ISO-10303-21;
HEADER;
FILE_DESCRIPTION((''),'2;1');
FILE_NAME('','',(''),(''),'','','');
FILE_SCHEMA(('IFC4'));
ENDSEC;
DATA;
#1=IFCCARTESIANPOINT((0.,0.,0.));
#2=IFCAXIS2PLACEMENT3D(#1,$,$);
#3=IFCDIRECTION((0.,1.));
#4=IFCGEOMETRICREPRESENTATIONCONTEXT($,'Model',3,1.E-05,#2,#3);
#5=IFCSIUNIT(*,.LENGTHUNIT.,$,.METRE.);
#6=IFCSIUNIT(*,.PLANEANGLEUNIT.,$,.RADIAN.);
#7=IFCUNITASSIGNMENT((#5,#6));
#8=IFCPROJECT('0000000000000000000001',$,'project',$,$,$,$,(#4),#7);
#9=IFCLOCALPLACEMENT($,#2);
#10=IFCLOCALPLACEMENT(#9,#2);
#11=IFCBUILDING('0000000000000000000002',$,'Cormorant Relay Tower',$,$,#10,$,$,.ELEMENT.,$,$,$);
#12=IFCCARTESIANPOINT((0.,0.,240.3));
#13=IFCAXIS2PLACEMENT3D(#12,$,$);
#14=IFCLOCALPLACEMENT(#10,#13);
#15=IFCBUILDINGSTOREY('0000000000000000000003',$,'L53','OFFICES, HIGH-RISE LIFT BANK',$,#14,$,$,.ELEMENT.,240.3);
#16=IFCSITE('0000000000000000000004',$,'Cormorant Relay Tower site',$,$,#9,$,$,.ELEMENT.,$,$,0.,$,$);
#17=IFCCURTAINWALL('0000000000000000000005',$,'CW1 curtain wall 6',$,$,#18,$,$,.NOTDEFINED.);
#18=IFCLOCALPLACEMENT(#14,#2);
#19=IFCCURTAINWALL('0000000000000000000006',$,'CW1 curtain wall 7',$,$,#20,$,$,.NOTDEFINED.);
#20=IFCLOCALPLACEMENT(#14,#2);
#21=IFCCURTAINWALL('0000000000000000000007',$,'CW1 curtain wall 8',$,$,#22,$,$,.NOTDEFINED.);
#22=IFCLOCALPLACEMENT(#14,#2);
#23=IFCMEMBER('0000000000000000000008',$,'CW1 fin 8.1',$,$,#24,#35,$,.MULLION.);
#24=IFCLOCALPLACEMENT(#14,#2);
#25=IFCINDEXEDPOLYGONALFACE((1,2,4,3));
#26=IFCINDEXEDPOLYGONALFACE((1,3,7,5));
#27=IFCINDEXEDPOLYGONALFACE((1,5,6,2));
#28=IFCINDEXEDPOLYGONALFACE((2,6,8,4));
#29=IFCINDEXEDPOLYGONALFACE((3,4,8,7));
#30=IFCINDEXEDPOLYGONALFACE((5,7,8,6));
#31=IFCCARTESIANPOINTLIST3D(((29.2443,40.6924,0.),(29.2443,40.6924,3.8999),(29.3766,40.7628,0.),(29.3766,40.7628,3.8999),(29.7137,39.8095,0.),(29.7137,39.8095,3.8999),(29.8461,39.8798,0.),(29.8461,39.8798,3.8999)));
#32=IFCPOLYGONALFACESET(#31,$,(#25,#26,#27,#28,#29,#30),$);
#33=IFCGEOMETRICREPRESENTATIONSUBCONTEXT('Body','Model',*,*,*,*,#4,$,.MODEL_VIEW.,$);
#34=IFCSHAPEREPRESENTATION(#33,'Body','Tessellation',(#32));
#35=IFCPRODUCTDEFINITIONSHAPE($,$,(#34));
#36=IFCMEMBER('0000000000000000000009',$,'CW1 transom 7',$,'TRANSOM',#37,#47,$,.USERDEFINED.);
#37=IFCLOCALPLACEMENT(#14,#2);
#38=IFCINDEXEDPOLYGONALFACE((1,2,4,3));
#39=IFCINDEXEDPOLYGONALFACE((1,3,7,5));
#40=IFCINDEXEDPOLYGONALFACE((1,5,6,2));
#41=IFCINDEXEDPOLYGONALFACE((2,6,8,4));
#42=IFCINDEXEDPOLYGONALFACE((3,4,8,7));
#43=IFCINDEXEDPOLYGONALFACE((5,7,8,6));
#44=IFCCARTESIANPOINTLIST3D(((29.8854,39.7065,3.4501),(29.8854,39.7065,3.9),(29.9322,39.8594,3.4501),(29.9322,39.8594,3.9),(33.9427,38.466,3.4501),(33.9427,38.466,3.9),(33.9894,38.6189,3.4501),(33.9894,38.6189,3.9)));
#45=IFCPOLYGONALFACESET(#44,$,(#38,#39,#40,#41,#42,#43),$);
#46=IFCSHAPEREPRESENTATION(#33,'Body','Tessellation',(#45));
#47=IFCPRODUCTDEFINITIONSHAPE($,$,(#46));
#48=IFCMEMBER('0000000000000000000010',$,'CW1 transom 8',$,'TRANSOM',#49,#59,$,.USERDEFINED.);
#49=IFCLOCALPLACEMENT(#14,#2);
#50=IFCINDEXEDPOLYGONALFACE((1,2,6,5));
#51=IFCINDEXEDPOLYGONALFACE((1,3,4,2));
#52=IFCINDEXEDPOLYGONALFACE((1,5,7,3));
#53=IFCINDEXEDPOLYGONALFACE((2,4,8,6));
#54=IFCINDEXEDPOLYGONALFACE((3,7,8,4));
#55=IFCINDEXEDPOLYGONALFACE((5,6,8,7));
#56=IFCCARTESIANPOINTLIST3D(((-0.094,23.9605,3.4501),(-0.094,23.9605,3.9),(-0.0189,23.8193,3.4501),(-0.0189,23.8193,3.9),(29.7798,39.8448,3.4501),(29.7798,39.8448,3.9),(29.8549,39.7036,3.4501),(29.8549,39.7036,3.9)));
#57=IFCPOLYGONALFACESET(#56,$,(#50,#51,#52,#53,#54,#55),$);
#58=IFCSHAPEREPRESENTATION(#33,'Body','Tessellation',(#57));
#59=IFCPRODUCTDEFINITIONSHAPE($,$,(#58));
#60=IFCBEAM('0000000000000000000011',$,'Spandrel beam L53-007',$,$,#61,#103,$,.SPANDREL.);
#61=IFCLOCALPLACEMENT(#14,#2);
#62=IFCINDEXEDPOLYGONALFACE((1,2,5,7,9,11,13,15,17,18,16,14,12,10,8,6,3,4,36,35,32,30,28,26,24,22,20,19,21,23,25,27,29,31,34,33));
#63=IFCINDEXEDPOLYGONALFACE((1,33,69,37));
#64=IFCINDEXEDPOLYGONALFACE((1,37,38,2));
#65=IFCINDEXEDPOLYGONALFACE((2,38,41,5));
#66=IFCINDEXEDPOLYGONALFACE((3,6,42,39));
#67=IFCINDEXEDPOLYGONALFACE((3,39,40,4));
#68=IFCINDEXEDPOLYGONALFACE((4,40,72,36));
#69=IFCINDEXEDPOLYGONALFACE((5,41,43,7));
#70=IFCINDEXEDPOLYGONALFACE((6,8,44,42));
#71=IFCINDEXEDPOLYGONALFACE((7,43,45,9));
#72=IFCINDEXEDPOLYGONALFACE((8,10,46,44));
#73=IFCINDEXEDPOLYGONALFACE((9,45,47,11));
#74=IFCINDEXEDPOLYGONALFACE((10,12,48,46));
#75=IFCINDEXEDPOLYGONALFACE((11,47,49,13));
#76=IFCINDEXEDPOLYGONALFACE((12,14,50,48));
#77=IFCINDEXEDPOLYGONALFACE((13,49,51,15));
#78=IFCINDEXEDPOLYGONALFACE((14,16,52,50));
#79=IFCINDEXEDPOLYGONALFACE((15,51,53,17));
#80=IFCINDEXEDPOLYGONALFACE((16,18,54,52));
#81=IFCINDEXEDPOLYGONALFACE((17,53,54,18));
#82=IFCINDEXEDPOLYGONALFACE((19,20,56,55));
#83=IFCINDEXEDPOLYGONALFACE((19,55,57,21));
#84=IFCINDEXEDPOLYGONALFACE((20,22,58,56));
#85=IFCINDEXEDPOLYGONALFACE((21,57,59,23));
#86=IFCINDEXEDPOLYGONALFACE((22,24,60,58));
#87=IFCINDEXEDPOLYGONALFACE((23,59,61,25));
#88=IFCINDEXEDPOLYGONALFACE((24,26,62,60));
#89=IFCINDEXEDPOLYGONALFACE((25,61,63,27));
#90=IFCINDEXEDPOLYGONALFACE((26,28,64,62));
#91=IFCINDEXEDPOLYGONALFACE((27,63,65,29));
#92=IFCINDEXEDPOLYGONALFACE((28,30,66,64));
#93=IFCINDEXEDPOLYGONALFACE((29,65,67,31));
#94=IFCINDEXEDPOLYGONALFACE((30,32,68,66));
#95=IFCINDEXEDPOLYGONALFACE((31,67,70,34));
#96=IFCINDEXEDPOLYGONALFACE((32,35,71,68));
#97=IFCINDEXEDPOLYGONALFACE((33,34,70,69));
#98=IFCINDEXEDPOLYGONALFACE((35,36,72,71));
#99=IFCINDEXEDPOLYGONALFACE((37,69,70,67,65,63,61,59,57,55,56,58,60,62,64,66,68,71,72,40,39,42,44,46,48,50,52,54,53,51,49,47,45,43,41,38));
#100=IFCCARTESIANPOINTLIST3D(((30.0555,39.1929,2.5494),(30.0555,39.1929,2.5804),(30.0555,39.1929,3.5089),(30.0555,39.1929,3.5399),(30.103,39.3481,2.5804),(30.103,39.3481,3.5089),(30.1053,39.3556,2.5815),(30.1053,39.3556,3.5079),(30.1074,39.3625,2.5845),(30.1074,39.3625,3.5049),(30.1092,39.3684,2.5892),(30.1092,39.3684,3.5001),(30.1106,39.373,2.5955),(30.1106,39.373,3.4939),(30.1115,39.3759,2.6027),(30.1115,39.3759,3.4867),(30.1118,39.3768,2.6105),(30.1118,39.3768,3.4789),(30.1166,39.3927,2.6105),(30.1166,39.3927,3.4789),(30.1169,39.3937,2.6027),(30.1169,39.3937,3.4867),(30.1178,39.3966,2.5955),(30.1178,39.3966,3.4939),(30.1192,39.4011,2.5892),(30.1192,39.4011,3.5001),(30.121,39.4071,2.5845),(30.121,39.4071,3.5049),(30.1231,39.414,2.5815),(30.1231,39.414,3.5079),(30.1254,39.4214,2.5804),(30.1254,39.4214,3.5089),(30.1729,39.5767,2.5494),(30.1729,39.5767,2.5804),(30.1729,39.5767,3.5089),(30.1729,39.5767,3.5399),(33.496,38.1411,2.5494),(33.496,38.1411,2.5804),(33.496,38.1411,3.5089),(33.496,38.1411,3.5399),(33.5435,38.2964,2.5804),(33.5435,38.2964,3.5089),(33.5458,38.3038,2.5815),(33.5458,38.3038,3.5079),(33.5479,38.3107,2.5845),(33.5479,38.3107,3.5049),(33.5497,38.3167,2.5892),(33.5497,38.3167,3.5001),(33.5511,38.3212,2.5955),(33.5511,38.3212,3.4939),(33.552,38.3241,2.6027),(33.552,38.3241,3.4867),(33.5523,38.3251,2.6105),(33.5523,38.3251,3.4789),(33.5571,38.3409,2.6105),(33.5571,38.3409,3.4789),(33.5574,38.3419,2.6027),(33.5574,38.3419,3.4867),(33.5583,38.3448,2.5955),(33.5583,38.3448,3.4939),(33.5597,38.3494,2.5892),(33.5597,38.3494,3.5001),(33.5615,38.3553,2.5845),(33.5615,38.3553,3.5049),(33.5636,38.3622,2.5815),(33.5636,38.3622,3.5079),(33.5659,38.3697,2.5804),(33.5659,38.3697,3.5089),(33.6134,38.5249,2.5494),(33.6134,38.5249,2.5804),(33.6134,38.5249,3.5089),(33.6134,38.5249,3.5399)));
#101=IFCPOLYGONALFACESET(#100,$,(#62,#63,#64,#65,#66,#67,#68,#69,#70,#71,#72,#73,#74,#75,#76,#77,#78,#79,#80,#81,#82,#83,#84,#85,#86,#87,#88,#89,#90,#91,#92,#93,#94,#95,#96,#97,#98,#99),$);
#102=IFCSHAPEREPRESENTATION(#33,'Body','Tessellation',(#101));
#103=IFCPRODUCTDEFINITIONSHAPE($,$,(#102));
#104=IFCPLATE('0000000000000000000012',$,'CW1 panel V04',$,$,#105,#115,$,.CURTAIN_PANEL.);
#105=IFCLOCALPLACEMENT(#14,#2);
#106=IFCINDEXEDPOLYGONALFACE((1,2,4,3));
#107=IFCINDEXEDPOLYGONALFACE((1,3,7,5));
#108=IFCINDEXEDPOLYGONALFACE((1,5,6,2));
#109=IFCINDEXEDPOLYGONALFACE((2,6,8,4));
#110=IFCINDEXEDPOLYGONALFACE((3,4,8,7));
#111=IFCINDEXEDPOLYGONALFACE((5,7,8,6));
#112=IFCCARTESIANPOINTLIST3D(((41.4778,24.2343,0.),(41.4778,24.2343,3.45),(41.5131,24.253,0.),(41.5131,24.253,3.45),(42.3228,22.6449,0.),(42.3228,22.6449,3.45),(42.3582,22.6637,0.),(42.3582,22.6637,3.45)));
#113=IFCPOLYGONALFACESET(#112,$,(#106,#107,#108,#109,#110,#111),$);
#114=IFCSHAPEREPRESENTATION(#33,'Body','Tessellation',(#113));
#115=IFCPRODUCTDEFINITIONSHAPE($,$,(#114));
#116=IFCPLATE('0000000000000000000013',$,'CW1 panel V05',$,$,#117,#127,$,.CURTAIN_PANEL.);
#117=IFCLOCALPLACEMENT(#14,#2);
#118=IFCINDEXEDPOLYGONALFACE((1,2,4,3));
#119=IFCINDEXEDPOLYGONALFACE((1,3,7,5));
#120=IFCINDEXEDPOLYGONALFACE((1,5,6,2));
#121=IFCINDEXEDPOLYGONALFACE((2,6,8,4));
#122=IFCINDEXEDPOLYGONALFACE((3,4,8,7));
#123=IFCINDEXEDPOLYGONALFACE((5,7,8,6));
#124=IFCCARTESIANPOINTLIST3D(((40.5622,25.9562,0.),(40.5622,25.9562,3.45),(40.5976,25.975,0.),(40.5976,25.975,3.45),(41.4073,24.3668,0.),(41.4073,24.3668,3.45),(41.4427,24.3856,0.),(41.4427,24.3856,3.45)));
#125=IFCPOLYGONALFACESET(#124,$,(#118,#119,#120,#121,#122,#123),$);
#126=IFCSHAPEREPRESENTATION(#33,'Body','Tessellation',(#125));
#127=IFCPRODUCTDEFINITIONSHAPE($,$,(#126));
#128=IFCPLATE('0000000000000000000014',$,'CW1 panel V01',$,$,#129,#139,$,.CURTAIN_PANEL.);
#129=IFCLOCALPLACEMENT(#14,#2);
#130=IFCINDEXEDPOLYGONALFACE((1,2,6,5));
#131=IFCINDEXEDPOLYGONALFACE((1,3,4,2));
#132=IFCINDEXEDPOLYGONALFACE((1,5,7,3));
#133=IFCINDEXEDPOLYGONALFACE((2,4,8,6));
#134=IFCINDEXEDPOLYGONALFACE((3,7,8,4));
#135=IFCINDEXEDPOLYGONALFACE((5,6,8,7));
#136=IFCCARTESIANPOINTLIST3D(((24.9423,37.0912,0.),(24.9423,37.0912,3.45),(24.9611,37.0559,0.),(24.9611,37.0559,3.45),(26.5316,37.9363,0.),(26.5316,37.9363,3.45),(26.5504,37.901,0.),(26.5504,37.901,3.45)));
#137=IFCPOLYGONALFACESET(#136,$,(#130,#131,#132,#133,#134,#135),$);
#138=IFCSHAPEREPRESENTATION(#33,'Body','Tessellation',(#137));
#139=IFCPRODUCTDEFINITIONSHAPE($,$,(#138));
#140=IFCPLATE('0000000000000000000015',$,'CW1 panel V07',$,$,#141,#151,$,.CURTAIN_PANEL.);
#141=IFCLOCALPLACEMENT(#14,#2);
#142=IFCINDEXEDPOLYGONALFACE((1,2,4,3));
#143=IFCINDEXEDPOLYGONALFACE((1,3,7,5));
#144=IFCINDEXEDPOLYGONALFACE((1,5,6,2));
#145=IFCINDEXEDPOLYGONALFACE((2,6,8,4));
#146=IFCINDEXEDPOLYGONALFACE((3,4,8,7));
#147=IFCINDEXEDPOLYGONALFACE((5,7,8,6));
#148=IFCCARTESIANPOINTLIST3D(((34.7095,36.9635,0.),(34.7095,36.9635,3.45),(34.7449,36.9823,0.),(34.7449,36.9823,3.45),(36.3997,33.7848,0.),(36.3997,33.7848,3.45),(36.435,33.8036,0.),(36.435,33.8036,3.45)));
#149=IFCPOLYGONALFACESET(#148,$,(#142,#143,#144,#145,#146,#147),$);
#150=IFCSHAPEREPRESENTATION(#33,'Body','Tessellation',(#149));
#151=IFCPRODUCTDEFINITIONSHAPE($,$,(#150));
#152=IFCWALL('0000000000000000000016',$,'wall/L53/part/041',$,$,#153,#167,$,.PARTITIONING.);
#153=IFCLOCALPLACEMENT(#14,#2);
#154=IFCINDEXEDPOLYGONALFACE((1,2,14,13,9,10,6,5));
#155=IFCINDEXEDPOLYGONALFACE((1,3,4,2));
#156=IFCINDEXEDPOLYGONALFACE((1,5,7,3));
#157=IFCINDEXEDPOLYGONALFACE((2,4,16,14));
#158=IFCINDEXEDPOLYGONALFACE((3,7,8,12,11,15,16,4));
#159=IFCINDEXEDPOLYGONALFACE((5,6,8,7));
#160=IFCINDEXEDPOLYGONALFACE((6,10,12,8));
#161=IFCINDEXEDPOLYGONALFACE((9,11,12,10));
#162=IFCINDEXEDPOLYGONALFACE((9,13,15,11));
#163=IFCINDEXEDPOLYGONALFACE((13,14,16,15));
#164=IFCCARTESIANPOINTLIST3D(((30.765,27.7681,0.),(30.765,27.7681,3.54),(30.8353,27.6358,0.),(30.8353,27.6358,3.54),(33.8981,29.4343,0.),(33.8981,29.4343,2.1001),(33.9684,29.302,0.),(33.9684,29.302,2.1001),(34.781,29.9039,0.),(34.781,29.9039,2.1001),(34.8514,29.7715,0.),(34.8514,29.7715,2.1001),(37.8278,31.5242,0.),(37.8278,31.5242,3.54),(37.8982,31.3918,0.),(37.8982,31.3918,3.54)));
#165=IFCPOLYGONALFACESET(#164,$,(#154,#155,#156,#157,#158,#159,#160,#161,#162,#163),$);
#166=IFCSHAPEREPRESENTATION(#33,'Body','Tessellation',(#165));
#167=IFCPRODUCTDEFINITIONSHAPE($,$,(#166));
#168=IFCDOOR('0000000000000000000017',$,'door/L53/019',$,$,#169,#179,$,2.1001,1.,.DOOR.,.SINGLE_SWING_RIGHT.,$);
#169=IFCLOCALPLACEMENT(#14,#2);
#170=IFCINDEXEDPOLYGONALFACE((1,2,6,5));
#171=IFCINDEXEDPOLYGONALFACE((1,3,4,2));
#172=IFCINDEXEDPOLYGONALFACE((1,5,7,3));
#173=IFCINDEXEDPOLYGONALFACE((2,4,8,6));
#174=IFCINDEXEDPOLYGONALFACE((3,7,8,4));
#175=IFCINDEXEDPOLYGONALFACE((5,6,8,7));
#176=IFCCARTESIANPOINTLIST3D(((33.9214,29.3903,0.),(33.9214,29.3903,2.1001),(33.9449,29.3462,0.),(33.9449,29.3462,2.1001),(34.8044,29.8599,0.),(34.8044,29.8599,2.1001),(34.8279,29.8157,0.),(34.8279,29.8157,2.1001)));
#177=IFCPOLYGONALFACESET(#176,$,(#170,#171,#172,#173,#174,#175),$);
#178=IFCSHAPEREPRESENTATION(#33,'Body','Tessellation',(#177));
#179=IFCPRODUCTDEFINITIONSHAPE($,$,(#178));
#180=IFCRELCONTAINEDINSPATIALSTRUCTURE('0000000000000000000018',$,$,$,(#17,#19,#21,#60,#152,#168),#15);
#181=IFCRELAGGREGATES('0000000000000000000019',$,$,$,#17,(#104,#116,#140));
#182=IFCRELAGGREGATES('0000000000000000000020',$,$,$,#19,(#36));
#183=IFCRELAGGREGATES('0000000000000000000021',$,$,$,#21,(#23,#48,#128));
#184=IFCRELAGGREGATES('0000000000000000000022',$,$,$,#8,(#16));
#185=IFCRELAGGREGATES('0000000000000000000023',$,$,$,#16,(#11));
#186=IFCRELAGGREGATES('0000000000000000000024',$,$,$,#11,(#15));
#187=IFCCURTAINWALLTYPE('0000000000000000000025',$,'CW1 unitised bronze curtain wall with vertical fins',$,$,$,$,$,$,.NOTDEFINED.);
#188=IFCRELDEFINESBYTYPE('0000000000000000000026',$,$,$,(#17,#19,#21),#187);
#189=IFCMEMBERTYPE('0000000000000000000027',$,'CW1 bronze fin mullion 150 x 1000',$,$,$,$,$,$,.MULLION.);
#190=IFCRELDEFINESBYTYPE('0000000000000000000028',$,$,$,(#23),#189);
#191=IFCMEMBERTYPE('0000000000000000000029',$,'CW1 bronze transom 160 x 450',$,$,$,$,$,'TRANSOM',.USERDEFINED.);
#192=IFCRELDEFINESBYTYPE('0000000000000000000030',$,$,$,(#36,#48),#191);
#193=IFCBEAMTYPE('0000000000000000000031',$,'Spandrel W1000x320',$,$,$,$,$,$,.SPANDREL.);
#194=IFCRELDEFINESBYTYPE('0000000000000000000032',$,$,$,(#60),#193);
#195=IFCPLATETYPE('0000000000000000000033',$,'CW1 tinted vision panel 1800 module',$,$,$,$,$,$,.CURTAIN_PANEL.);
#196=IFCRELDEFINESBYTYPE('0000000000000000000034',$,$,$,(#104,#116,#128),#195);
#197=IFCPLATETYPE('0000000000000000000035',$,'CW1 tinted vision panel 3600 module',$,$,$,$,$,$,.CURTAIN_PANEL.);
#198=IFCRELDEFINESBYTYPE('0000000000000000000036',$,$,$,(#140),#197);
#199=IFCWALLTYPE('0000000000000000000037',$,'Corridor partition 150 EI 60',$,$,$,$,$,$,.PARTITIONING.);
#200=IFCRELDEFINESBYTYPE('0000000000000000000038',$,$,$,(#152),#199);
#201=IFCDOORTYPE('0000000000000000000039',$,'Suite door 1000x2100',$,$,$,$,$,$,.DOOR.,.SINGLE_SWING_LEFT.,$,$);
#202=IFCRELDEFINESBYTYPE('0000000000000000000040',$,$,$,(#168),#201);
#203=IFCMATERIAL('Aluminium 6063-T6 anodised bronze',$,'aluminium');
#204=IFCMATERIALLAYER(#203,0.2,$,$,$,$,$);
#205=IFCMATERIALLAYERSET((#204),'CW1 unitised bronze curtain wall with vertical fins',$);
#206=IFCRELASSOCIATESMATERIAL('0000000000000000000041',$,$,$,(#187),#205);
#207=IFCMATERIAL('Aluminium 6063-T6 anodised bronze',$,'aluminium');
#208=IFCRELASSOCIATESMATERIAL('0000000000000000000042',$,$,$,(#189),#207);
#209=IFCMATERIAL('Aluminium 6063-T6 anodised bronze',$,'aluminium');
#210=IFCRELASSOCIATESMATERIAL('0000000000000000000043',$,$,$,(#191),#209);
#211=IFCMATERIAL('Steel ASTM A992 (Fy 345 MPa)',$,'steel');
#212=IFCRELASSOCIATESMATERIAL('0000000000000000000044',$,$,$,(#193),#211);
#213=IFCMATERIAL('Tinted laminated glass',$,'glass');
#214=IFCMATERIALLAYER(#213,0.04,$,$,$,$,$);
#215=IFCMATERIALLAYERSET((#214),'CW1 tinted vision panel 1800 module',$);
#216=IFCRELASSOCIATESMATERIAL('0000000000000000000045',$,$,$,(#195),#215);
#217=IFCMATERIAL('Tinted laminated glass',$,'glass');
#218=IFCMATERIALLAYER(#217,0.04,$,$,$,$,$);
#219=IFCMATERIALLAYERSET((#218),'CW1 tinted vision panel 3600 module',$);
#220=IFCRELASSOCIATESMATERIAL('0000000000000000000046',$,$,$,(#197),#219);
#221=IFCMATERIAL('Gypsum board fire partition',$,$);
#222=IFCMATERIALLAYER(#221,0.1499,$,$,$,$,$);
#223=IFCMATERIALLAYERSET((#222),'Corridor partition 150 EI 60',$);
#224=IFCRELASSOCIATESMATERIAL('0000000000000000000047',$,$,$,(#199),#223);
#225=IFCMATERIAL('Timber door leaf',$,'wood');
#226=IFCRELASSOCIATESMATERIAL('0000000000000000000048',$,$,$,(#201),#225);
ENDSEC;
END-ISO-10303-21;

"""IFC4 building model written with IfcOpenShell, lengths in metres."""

from ifc_helpers import new_model, si_unit, direction, frame, frame_2d, origin, origin_2d, place, context, subcontext, project, spatial, rectangle, i_section, extrude, material, layer, layer_set, material_profile, profile_set, type_object, element, fill, aggregate, save


model = new_model("IFC4")

# Units and contexts
model_context = context("Model", 3, precision=1e-05, world=origin(), true_north=direction((0.0, 1.0)))
body_context = subcontext(model_context, "Body", "Model", "MODEL_VIEW")
ifc_project = project(units=[si_unit("LENGTHUNIT", "METRE"), si_unit("PLANEANGLEUNIT", "RADIAN")], contexts=[model_context])

# Site, building, storey
site_placement = place(None, origin())
site = spatial("IfcSite", under=ifc_project, at=site_placement, Name="Cormorant Relay Tower site", CompositionType="ELEMENT", RefElevation=0.0)
building_placement = place(site_placement, origin())
building = spatial("IfcBuilding", under=site, at=building_placement, Name="Cormorant Relay Tower", CompositionType="ELEMENT")
storey_placement = place(building_placement, frame((0.0, 0.0, 240.3)))
storey = spatial("IfcBuildingStorey", under=building, at=storey_placement, Name="L53", Description="OFFICES, HIGH-RISE LIFT BANK", CompositionType="ELEMENT", Elevation=240.3)

# Curtain wall
ifc_material_1 = material(Name="Aluminium 6063-T6 anodised bronze", Category="aluminium")
ifc_layer_1 = layer(ifc_material_1, 0.2)
ifc_layer_set_1 = layer_set([ifc_layer_1], Name="CW1 unitised bronze curtain wall with vertical fins")
curtain_wall_type = type_object("IfcCurtainWallType", Name="CW1 unitised bronze curtain wall with vertical fins", PredefinedType="NOTDEFINED", material=ifc_layer_set_1)
curtain_wall_1_placement = place(storey_placement, origin())
curtain_wall_1 = element("IfcCurtainWall", 1, at=curtain_wall_1_placement, inside=storey, type_object=curtain_wall_type, Name="CW1 curtain wall 6", PredefinedType="NOTDEFINED")
ifc_material_2 = material(Name="Aluminium 6063-T6 anodised bronze", Category="aluminium")
ifc_material_profile_1 = material_profile(ifc_material_2, rectangle(XDim=0.1499, YDim=1.0, at=origin_2d()), Name="AL 150x1000")
ifc_profile_set_1 = profile_set([ifc_material_profile_1], Name="Aluminium 6063-T6 anodised bronze")
member_type_1 = type_object("IfcMemberType", Name="CW1 bronze fin mullion 150 x 1000", PredefinedType="MULLION", material=ifc_profile_set_1)

# Curtain walls, member
curtain_wall_2_placement = place(storey_placement, origin())
curtain_wall_2 = element("IfcCurtainWall", 2, at=curtain_wall_2_placement, inside=storey, type_object=curtain_wall_type, Name="CW1 curtain wall 7", PredefinedType="NOTDEFINED")
curtain_wall_3_placement = place(storey_placement, origin())
curtain_wall_3 = element("IfcCurtainWall", 3, at=curtain_wall_3_placement, inside=storey, type_object=curtain_wall_type, Name="CW1 curtain wall 8", PredefinedType="NOTDEFINED")
member_1_placement = place(storey_placement, frame((29.5452, 40.2861, 0.0), z_axis=(0.0, 0.0, 1.0), x_axis=(-0.882948, -0.469472, 0.0)))
member_1 = element("IfcMember", 4, at=member_1_placement, type_object=member_type_1, Name="CW1 fin 8.1", PredefinedType="MULLION", context=body_context, shape_type="SweptSolid", body=[
    extrude(rectangle(XDim=0.1499, YDim=1.0, at=origin_2d()), origin(), (0.0, 0.0, 1.0), 3.8999),
])

# Members
ifc_material_3 = material(Name="Aluminium 6063-T6 anodised bronze", Category="aluminium")
ifc_material_profile_2 = material_profile(ifc_material_3, rectangle(XDim=0.1599, YDim=0.45, at=origin_2d()), Name="AL 160x450")
ifc_profile_set_2 = profile_set([ifc_material_profile_2], Name="Aluminium 6063-T6 anodised bronze")
member_type_2 = type_object("IfcMemberType", Name="CW1 bronze transom 160 x 450", ElementType="TRANSOM", PredefinedType="USERDEFINED", material=ifc_profile_set_2)
member_2_placement = place(storey_placement, frame((33.9661, 38.5425, 3.675), z_axis=(-0.956304, 0.292375, 0.0), x_axis=(-0.292375, -0.956304, 0.0)))
member_2 = element("IfcMember", 5, at=member_2_placement, type_object=member_type_2, Name="CW1 transom 7", ObjectType="TRANSOM", PredefinedType="USERDEFINED", context=body_context, shape_type="SweptSolid", body=[
    extrude(rectangle(XDim=0.1599, YDim=0.45, at=origin_2d()), origin(), (0.0, 0.0, 1.0), 4.2427),
])
member_3_placement = place(storey_placement, frame((29.8174, 39.7742, 3.675), z_axis=(-0.882946, -0.469474, 0.0), x_axis=(0.469474, -0.882946, 0.0)))
member_3 = element("IfcMember", 6, at=member_3_placement, type_object=member_type_2, Name="CW1 transom 8", ObjectType="TRANSOM", PredefinedType="USERDEFINED", context=body_context, shape_type="SweptSolid", body=[
    extrude(rectangle(XDim=0.1599, YDim=0.45, at=origin_2d()), origin(), (0.0, 0.0, 1.0), 33.8342),
])

# Beam
ifc_material_4 = material(Name="Steel ASTM A992 (Fy 345 MPa)", Category="steel")
ifc_material_profile_3 = material_profile(ifc_material_4, i_section(OverallWidth=0.4014, OverallDepth=0.9905, WebThickness=0.0166, FlangeThickness=0.031, FilletRadius=0.03, at=origin_2d()), Name="W1000x320")
ifc_profile_set_3 = profile_set([ifc_material_profile_3], Name="Steel ASTM A992 (Fy 345 MPa)")
beam_type = type_object("IfcBeamType", Name="Spandrel W1000x320", PredefinedType="SPANDREL", material=ifc_profile_set_3)
beam_placement = place(storey_placement, frame((33.5547, 38.333, 3.0447), z_axis=(-0.956312, 0.29235, 0.0), x_axis=(-0.29235, -0.956312, 0.0)))
element("IfcBeam", 7, at=beam_placement, inside=storey, type_object=beam_type, Name="Spandrel beam L53-007", PredefinedType="SPANDREL", context=body_context, shape_type="SweptSolid", body=[
    extrude(i_section(OverallWidth=0.4014, OverallDepth=0.9905, WebThickness=0.0166, FlangeThickness=0.031, FilletRadius=0.03, at=origin_2d()), origin(), (0.0, 0.0, 1.0), 3.5977),
])

# Plates
ifc_material_5 = material(Name="Tinted laminated glass", Category="glass")
ifc_layer_2 = layer(ifc_material_5, 0.04)
ifc_layer_set_2 = layer_set([ifc_layer_2], Name="CW1 tinted vision panel 1800 module")
plate_type_1 = type_object("IfcPlateType", Name="CW1 tinted vision panel 1800 module", PredefinedType="CURTAIN_PANEL", material=ifc_layer_set_2)
plate_1_placement = place(storey_placement, frame((41.918, 23.449, 0.0), z_axis=(0.0, 0.0, 1.0), x_axis=(-0.469472, 0.882948, 0.0)))
plate_1 = element("IfcPlate", 8, at=plate_1_placement, type_object=plate_type_1, Name="CW1 panel V04", PredefinedType="CURTAIN_PANEL", context=body_context, shape_type="SweptSolid", body=[
    extrude(rectangle(XDim=1.8, YDim=0.04, at=origin_2d()), origin(), (0.0, 0.0, 1.0), 3.45),
])
plate_2_placement = place(storey_placement, frame((41.0024, 25.1709, 0.0), z_axis=(0.0, 0.0, 1.0), x_axis=(-0.469472, 0.882948, 0.0)))
plate_2 = element("IfcPlate", 9, at=plate_2_placement, type_object=plate_type_1, Name="CW1 panel V05", PredefinedType="CURTAIN_PANEL", context=body_context, shape_type="SweptSolid", body=[
    extrude(rectangle(XDim=1.8, YDim=0.04, at=origin_2d()), origin(), (0.0, 0.0, 1.0), 3.45),
])
plate_3_placement = place(storey_placement, frame((25.7463, 37.4961, 0.0), z_axis=(0.0, 0.0, 1.0), x_axis=(-0.882948, -0.469472, 0.0)))
plate_3 = element("IfcPlate", 10, at=plate_3_placement, type_object=plate_type_1, Name="CW1 panel V01", PredefinedType="CURTAIN_PANEL", context=body_context, shape_type="SweptSolid", body=[
    extrude(rectangle(XDim=1.8, YDim=0.04, at=origin_2d()), origin(), (0.0, 0.0, 1.0), 3.45),
])
ifc_material_6 = material(Name="Tinted laminated glass", Category="glass")
ifc_layer_3 = layer(ifc_material_6, 0.04)
ifc_layer_set_3 = layer_set([ifc_layer_3], Name="CW1 tinted vision panel 3600 module")
plate_type_2 = type_object("IfcPlateType", Name="CW1 tinted vision panel 3600 module", PredefinedType="CURTAIN_PANEL", material=ifc_layer_set_3)
plate_4_placement = place(storey_placement, frame((35.5723, 35.3835, 0.0), z_axis=(0.0, 0.0, 1.0), x_axis=(-0.469472, 0.882948, 0.0)))
plate_4 = element("IfcPlate", 11, at=plate_4_placement, type_object=plate_type_2, Name="CW1 panel V07", PredefinedType="CURTAIN_PANEL", context=body_context, shape_type="SweptSolid", body=[
    extrude(rectangle(XDim=3.6001, YDim=0.04, at=origin_2d()), origin(), (0.0, 0.0, 1.0), 3.45),
])

# Wall, opening, door
ifc_material_7 = material(Name="Gypsum board fire partition")
ifc_layer_4 = layer(ifc_material_7, 0.1499)
ifc_layer_set_4 = layer_set([ifc_layer_4], Name="Corridor partition 150 EI 60")
wall_type_1 = type_object("IfcWallType", Name="Corridor partition 150 EI 60", PredefinedType="PARTITIONING", material=ifc_layer_set_4)
wall_1_placement = place(storey_placement, frame((37.863, 31.458, 0.0), z_axis=(0.0, 0.0, 1.0), x_axis=(-0.882914, -0.469535, 0.0)))
wall_1 = element("IfcWall", 12, at=wall_1_placement, inside=storey, type_object=wall_type_1, Name="wall/L53/part/041", PredefinedType="PARTITIONING", context=body_context, shape_type="SweptSolid", body=[
    extrude(rectangle(XDim=7.9995, YDim=0.1499, at=frame_2d((3.9998, 0.0))), origin(), (0.0, 0.0, 1.0), 3.54),
])
opening_1_placement = place(wall_1_placement, frame((3.4509, 0.0, 0.0)))
opening_1 = element("IfcOpeningElement", 13, at=opening_1_placement, cuts=wall_1, PredefinedType="OPENING", context=body_context, shape_type="SweptSolid", body=[
    extrude(rectangle(XDim=1.0, YDim=2.1001, at=frame_2d((0.5, 1.05))), frame((0.0, 0.085, 0.0), z_axis=(0.0, -1.0, 0.0), x_axis=(1.0, 0.0, 0.0)), (0.0, 0.0, 1.0), 0.1699),
])
ifc_material_8 = material(Name="Timber door leaf", Category="wood")
door_type = type_object("IfcDoorType", Name="Suite door 1000x2100", OperationType="SINGLE_SWING_LEFT", PredefinedType="DOOR", material=ifc_material_8)
door_1_placement = place(opening_1_placement, origin())
door_1 = element("IfcDoor", 14, at=door_1_placement, inside=storey, type_object=door_type, Name="door/L53/019", OperationType="SINGLE_SWING_RIGHT", OverallHeight=2.1001, OverallWidth=1.0, PredefinedType="DOOR", context=body_context, shape_type="SweptSolid", body=[
    extrude(rectangle(XDim=1.0, YDim=2.1001, at=frame_2d((0.5, 1.05))), frame((0.0, 0.0249, 0.0), z_axis=(0.0, -1.0, 0.0), x_axis=(1.0, 0.0, 0.0)), (0.0, 0.0, 1.0), 0.05),
])
fill(opening_1, door_1)

aggregate(curtain_wall_1, [plate_1, plate_2, plate_4])
aggregate(curtain_wall_2, [member_2])
aggregate(curtain_wall_3, [member_1, member_3, plate_3])

save(model, "model.ifc")
